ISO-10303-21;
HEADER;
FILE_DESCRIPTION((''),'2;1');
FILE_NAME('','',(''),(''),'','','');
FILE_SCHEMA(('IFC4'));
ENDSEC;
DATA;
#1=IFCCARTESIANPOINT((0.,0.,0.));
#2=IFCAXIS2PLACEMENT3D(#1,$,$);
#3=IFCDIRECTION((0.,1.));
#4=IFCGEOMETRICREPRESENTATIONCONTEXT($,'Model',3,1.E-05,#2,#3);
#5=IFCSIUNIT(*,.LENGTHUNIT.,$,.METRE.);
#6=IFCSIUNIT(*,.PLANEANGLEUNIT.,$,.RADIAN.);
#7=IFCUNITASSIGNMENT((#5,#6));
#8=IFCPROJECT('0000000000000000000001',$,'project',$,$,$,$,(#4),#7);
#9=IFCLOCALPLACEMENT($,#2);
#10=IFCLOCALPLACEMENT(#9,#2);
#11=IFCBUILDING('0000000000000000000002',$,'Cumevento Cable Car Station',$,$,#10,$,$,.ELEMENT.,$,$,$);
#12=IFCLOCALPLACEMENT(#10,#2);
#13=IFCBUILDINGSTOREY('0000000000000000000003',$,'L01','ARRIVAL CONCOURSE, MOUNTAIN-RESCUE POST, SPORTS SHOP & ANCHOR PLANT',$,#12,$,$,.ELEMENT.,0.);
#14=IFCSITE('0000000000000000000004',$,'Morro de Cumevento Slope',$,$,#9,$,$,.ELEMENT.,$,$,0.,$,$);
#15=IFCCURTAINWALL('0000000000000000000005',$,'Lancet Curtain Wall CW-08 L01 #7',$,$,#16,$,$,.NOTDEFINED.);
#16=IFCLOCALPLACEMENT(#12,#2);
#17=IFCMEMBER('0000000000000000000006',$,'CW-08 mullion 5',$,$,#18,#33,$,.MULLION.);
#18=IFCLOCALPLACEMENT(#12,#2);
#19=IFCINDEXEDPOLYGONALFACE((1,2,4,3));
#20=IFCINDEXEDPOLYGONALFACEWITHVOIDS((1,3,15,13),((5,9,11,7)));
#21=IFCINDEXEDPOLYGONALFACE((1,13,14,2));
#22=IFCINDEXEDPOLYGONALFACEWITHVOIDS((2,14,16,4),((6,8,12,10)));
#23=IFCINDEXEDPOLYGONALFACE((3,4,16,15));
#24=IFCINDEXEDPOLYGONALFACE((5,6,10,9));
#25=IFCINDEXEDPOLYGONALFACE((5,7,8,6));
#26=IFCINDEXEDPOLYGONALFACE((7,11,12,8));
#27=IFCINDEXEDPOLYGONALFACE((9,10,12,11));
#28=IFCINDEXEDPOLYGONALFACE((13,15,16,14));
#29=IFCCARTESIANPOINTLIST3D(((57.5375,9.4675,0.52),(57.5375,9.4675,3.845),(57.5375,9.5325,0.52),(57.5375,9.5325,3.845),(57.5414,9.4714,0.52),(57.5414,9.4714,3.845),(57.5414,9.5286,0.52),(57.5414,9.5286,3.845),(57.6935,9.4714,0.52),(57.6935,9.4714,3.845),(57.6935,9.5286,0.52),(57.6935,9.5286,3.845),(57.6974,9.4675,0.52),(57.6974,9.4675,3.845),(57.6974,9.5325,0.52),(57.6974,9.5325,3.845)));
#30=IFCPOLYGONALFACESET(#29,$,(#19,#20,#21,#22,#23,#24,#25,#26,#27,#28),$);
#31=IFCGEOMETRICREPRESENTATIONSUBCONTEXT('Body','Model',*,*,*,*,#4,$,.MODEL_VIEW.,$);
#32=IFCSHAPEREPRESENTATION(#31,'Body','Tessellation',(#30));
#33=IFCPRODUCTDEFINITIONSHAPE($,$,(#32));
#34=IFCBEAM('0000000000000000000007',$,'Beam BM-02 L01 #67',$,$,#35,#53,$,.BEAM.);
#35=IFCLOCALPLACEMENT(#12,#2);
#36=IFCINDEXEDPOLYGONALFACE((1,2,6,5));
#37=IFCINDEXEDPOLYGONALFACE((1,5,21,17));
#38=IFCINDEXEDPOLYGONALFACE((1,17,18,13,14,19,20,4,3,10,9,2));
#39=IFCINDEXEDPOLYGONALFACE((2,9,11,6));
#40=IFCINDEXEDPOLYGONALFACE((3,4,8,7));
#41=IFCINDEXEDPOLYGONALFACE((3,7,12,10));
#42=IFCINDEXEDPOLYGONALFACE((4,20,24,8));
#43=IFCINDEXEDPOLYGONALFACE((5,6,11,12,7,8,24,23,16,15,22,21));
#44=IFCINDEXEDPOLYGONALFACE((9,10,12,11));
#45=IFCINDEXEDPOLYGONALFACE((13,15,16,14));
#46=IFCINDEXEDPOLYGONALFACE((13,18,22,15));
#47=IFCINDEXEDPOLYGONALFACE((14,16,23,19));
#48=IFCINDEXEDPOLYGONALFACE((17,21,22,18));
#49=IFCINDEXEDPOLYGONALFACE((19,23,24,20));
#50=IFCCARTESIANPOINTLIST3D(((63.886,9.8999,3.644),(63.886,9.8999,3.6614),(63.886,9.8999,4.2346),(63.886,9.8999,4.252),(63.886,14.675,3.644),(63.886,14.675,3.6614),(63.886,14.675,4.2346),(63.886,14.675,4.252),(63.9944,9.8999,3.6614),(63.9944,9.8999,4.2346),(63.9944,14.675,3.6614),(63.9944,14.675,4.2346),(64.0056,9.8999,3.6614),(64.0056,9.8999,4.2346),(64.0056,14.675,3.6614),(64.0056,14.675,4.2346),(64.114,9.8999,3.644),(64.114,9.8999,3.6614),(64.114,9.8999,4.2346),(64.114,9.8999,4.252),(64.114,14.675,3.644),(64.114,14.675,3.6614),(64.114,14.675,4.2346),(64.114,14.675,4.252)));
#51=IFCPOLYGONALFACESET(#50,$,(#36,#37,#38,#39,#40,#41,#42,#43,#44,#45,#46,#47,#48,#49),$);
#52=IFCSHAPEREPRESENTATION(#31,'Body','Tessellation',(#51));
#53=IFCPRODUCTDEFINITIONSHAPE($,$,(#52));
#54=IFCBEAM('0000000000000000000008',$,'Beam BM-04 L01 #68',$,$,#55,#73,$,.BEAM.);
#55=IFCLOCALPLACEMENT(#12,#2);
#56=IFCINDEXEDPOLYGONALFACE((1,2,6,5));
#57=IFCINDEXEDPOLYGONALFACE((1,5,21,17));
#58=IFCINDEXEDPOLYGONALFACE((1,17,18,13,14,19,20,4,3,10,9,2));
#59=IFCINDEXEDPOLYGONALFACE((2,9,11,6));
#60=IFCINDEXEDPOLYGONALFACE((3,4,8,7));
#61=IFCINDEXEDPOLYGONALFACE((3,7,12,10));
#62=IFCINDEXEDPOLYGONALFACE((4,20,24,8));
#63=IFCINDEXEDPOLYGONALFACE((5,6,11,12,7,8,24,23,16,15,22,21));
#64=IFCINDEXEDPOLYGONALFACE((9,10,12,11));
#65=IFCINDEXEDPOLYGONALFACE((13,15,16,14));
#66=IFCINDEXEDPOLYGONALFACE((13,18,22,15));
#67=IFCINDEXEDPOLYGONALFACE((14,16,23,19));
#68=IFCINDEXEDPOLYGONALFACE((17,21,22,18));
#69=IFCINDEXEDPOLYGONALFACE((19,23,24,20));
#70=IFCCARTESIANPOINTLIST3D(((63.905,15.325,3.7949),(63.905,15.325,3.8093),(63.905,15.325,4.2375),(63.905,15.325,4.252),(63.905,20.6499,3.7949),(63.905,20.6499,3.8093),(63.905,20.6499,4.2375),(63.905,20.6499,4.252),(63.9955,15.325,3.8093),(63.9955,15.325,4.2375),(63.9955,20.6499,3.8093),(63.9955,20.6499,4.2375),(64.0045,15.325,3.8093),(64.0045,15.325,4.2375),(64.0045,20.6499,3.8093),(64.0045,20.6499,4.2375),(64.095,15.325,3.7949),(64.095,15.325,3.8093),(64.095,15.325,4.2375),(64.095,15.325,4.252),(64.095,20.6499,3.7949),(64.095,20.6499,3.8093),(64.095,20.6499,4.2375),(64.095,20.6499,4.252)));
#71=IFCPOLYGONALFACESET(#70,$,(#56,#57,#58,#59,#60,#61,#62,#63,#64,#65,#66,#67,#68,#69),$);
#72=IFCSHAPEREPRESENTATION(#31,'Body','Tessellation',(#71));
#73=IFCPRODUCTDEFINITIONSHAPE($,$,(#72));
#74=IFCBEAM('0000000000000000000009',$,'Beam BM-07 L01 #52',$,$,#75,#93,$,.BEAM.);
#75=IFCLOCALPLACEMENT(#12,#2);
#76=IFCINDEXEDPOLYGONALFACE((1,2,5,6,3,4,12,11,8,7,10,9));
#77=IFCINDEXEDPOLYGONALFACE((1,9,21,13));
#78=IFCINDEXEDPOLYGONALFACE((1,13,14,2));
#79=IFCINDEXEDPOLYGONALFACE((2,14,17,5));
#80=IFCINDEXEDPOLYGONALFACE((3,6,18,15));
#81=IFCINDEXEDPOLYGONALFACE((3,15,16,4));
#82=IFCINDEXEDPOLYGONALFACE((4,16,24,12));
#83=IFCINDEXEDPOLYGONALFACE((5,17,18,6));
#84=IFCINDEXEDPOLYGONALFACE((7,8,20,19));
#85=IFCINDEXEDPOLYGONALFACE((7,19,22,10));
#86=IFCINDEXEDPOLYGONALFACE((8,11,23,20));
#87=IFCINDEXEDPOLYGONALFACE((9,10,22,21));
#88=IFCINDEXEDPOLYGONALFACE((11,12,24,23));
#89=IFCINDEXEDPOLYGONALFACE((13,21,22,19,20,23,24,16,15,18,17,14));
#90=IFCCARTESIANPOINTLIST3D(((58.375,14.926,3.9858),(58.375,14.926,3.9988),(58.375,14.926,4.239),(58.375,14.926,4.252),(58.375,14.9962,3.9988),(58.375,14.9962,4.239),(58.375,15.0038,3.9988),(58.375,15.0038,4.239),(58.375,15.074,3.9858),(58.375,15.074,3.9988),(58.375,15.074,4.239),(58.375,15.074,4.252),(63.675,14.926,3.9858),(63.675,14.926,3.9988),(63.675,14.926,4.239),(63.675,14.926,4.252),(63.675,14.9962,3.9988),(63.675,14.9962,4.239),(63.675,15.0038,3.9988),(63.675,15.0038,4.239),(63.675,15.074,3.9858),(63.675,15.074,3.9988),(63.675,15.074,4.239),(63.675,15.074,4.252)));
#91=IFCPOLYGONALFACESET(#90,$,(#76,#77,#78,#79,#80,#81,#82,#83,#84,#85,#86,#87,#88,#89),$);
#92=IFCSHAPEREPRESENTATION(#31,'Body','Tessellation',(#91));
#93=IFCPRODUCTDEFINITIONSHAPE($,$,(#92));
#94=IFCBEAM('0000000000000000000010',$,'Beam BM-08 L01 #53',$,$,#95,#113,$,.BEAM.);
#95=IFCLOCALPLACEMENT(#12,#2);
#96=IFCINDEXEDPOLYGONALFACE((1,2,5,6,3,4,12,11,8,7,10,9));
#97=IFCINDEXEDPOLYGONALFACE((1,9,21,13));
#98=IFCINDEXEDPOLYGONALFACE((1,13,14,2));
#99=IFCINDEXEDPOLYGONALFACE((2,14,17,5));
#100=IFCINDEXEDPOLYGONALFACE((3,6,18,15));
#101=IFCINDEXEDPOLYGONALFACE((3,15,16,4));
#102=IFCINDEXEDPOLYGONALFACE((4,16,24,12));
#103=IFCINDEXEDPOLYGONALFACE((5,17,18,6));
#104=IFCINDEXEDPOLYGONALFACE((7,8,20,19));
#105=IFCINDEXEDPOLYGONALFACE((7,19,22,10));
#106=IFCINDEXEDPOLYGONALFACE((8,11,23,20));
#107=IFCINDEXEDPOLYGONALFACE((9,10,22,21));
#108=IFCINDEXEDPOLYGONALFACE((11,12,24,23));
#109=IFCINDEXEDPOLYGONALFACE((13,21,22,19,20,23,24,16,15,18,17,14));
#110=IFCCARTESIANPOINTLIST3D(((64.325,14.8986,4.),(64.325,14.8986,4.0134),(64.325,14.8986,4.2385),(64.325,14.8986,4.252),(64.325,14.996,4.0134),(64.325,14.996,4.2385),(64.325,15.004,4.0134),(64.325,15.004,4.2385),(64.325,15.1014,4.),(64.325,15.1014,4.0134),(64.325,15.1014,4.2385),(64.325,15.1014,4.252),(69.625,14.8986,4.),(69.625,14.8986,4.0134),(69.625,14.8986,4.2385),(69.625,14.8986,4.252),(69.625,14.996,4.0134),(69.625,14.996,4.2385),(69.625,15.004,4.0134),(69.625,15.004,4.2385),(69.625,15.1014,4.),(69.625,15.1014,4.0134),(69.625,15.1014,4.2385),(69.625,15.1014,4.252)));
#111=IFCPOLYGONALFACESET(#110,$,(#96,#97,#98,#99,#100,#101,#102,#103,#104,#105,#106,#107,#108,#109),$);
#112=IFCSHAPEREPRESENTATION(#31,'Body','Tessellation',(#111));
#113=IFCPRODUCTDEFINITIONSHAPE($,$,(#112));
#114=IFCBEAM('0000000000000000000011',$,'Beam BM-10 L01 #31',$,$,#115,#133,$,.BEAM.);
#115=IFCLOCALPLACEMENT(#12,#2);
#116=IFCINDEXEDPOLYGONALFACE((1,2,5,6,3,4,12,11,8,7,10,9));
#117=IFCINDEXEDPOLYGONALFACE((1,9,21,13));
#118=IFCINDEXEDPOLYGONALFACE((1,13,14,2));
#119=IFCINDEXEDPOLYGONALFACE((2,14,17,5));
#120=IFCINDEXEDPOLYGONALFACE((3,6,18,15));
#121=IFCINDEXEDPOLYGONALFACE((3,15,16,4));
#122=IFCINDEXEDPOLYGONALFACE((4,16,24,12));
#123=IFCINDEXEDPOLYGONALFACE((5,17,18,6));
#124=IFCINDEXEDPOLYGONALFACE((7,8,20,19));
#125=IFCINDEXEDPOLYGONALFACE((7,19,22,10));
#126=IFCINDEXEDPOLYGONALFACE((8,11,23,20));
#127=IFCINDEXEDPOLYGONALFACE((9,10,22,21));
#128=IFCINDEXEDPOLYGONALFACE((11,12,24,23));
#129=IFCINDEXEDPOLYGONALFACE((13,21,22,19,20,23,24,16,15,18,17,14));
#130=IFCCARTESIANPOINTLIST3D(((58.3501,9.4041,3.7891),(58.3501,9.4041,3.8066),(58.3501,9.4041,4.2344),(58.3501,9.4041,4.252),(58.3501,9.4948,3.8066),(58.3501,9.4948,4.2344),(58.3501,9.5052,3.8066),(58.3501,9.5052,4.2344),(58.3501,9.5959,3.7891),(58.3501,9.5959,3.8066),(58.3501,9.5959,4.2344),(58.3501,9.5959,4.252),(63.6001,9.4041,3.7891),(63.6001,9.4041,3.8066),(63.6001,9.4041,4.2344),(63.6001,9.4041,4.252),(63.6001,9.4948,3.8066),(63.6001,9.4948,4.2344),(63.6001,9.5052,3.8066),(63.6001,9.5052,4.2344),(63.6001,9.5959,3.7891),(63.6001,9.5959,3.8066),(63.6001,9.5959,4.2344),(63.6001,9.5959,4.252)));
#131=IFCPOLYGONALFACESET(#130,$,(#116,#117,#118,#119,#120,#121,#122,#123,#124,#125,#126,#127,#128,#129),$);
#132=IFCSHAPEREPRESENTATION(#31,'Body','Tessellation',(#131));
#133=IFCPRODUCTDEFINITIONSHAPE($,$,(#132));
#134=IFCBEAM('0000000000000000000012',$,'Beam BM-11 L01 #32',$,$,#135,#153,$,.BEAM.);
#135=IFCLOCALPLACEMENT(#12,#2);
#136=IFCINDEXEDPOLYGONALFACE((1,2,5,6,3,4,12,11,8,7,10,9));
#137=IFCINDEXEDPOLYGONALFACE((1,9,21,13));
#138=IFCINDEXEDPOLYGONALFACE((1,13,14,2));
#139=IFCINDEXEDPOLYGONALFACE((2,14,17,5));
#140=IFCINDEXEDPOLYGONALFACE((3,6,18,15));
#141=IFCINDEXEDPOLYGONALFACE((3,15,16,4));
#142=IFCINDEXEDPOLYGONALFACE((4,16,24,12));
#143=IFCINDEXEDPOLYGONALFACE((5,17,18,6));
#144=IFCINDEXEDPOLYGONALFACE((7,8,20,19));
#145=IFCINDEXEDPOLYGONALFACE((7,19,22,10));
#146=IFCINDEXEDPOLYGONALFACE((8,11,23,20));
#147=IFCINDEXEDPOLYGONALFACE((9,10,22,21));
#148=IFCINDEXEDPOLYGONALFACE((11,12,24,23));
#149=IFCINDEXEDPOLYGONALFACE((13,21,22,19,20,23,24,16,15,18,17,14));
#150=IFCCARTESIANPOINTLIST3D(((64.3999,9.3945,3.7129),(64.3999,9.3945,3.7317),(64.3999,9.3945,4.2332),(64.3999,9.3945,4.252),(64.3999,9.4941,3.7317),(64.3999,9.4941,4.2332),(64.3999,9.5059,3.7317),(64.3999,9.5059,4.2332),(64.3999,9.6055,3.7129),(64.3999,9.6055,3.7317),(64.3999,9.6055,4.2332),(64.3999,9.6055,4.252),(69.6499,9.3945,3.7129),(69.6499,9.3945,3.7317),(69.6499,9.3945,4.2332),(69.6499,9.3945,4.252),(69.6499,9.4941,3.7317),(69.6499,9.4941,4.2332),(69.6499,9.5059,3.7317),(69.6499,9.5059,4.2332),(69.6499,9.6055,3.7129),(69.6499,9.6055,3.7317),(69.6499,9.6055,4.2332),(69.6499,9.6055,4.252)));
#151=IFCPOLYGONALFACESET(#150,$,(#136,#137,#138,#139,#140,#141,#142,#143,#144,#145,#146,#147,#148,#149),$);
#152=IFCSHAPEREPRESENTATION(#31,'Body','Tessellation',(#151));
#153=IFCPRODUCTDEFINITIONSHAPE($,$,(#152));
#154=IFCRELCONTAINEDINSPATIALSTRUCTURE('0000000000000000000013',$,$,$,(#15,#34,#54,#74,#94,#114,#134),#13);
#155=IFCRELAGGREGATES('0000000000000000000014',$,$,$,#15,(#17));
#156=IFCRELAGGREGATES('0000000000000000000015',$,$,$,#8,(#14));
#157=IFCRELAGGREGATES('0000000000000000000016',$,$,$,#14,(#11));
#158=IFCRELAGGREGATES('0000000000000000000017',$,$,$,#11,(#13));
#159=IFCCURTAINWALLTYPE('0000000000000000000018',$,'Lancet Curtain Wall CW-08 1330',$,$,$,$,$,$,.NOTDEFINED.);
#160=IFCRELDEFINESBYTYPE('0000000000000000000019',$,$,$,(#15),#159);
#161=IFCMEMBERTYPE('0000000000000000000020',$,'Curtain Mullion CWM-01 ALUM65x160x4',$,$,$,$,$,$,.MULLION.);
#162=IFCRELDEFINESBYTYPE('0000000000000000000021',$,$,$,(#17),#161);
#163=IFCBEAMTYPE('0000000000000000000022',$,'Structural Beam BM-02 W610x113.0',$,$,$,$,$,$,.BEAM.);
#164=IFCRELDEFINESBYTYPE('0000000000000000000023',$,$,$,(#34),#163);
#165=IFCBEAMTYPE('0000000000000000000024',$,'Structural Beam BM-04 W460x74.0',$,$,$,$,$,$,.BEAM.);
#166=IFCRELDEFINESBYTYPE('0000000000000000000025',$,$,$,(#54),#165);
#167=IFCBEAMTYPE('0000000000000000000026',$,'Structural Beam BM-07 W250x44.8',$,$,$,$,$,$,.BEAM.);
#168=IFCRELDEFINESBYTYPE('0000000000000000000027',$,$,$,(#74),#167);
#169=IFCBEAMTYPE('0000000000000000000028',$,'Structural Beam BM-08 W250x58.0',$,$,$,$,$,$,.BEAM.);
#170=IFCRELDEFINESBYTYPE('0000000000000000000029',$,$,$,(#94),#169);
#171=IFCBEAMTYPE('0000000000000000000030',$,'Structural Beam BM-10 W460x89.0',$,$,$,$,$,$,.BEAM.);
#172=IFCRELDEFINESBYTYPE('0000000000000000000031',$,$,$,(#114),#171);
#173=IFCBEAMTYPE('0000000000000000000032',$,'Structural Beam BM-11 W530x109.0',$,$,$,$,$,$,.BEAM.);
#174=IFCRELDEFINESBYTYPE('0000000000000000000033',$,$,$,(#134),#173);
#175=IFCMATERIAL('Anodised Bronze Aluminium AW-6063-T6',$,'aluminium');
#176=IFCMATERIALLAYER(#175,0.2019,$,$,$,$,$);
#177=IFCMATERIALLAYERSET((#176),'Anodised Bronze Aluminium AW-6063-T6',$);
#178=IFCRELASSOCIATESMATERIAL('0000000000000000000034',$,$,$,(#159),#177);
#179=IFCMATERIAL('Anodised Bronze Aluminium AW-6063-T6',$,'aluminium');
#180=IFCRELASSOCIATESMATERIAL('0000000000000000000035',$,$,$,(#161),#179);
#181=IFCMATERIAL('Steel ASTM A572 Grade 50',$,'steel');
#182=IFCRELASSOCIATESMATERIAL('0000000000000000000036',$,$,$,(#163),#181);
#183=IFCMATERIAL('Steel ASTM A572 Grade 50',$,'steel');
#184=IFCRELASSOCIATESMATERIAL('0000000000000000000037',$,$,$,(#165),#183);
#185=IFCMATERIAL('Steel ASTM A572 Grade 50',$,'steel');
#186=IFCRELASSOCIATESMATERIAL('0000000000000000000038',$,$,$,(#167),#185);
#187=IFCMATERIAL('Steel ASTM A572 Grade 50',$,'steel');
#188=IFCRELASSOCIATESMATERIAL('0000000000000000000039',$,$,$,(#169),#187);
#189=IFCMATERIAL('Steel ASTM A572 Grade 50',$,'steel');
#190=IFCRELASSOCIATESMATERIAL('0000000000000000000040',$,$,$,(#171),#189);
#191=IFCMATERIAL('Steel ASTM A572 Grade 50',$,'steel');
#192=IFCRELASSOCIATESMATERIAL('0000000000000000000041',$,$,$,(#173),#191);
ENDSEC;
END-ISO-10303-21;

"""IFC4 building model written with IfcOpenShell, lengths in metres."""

from ifc_helpers import new_model, si_unit, direction, frame, origin, origin_2d, place, context, subcontext, project, spatial, hollow_rectangle, i_section, extrude, material, layer, layer_set, material_profile, profile_set, type_object, element, aggregate, save


model = new_model("IFC4")

# Units and contexts
model_context = context("Model", 3, precision=1e-05, world=origin(), true_north=direction((0.0, 1.0)))
body_context = subcontext(model_context, "Body", "Model", "MODEL_VIEW")
ifc_project = project(units=[si_unit("LENGTHUNIT", "METRE"), si_unit("PLANEANGLEUNIT", "RADIAN")], contexts=[model_context])

# Site, building, storey
site_placement = place(None, origin())
site = spatial("IfcSite", under=ifc_project, at=site_placement, Name="Morro de Cumevento Slope", CompositionType="ELEMENT", RefElevation=0.0)
building_placement = place(site_placement, origin())
building = spatial("IfcBuilding", under=site, at=building_placement, Name="Cumevento Cable Car Station", CompositionType="ELEMENT")
storey_placement = place(building_placement, origin())
storey = spatial("IfcBuildingStorey", under=building, at=storey_placement, Name="L01", Description="ARRIVAL CONCOURSE, MOUNTAIN-RESCUE POST, SPORTS SHOP & ANCHOR PLANT", CompositionType="ELEMENT", Elevation=0.0)

# Curtain wall, member
ifc_material_1 = material(Name="Anodised Bronze Aluminium AW-6063-T6", Category="aluminium")
ifc_layer_1 = layer(ifc_material_1, 0.2019)
ifc_layer_set_1 = layer_set([ifc_layer_1], Name="Anodised Bronze Aluminium AW-6063-T6")
curtain_wall_type = type_object("IfcCurtainWallType", Name="Lancet Curtain Wall CW-08 1330", PredefinedType="NOTDEFINED", material=ifc_layer_set_1)
curtain_wall_placement = place(storey_placement, origin())
curtain_wall = element("IfcCurtainWall", 1, at=curtain_wall_placement, inside=storey, type_object=curtain_wall_type, Name="Lancet Curtain Wall CW-08 L01 #7", PredefinedType="NOTDEFINED")
ifc_material_2 = material(Name="Anodised Bronze Aluminium AW-6063-T6", Category="aluminium")
ifc_material_profile_1 = material_profile(ifc_material_2, hollow_rectangle(XDim=0.0649, YDim=0.1599, WallThickness=0.0039, at=origin_2d()), Name="ALUM65x160x4")
ifc_profile_set_1 = profile_set([ifc_material_profile_1], Name="Anodised Bronze Aluminium AW-6063-T6")
member_type = type_object("IfcMemberType", Name="Curtain Mullion CWM-01 ALUM65x160x4", PredefinedType="MULLION", material=ifc_profile_set_1)
member_placement = place(storey_placement, frame((57.6174, 9.5, 0.52), z_axis=(0.0, 0.0, 1.0), x_axis=(0.0, 1.0, 0.0)))
member = element("IfcMember", 2, at=member_placement, type_object=member_type, Name="CW-08 mullion 5", PredefinedType="MULLION", context=body_context, shape_type="SweptSolid", body=[
    extrude(hollow_rectangle(XDim=0.0649, YDim=0.1599, WallThickness=0.0039, at=origin_2d()), origin(), (0.0, 0.0, 1.0), 3.325),
])
aggregate(curtain_wall, [member])

# Beams
ifc_material_3 = material(Name="Steel ASTM A572 Grade 50", Category="steel")
ifc_material_profile_2 = material_profile(ifc_material_3, i_section(OverallWidth=0.228, OverallDepth=0.6079, WebThickness=0.0112, FlangeThickness=0.0173, at=origin_2d()), Name="W610x113.0")
ifc_profile_set_2 = profile_set([ifc_material_profile_2], Name="Steel ASTM A572 Grade 50")
beam_type_1 = type_object("IfcBeamType", Name="Structural Beam BM-02 W610x113.0", PredefinedType="BEAM", material=ifc_profile_set_2)
beam_1_placement = place(storey_placement, frame((64.0, 9.8999, 3.948), z_axis=(0.0, 1.0, 0.0), x_axis=(-1.0, 0.0, 0.0)))
element("IfcBeam", 3, at=beam_1_placement, inside=storey, type_object=beam_type_1, Name="Beam BM-02 L01 #67", PredefinedType="BEAM", context=body_context, shape_type="SweptSolid", body=[
    extrude(i_section(OverallWidth=0.228, OverallDepth=0.6079, WebThickness=0.0112, FlangeThickness=0.0173, at=origin_2d()), origin(), (0.0, 0.0, 1.0), 4.7751),
])
ifc_material_4 = material(Name="Steel ASTM A572 Grade 50", Category="steel")
ifc_material_profile_3 = material_profile(ifc_material_4, i_section(OverallWidth=0.1899, OverallDepth=0.457, WebThickness=0.009, FlangeThickness=0.0144, at=origin_2d()), Name="W460x74.0")
ifc_profile_set_3 = profile_set([ifc_material_profile_3], Name="Steel ASTM A572 Grade 50")
beam_type_2 = type_object("IfcBeamType", Name="Structural Beam BM-04 W460x74.0", PredefinedType="BEAM", material=ifc_profile_set_3)
beam_2_placement = place(storey_placement, frame((64.0, 15.325, 4.0234), z_axis=(0.0, 1.0, 0.0), x_axis=(-1.0, 0.0, 0.0)))
element("IfcBeam", 4, at=beam_2_placement, inside=storey, type_object=beam_type_2, Name="Beam BM-04 L01 #68", PredefinedType="BEAM", context=body_context, shape_type="SweptSolid", body=[
    extrude(i_section(OverallWidth=0.1899, OverallDepth=0.457, WebThickness=0.009, FlangeThickness=0.0144, at=origin_2d()), origin(), (0.0, 0.0, 1.0), 5.325),
])
ifc_material_5 = material(Name="Steel ASTM A572 Grade 50", Category="steel")
ifc_material_profile_4 = material_profile(ifc_material_5, i_section(OverallWidth=0.1479, OverallDepth=0.2661, WebThickness=0.0076, FlangeThickness=0.0129, at=origin_2d()), Name="W250x44.8")
ifc_profile_set_4 = profile_set([ifc_material_profile_4], Name="Steel ASTM A572 Grade 50")
beam_type_3 = type_object("IfcBeamType", Name="Structural Beam BM-07 W250x44.8", PredefinedType="BEAM", material=ifc_profile_set_4)
beam_3_placement = place(storey_placement, frame((58.375, 15.0, 4.1189), z_axis=(1.0, 0.0, 0.0), x_axis=(0.0, 1.0, 0.0)))
element("IfcBeam", 5, at=beam_3_placement, inside=storey, type_object=beam_type_3, Name="Beam BM-07 L01 #52", PredefinedType="BEAM", context=body_context, shape_type="SweptSolid", body=[
    extrude(i_section(OverallWidth=0.1479, OverallDepth=0.2661, WebThickness=0.0076, FlangeThickness=0.0129, at=origin_2d()), origin(), (0.0, 0.0, 1.0), 5.3),
])
ifc_material_6 = material(Name="Steel ASTM A572 Grade 50", Category="steel")
ifc_material_profile_5 = material_profile(ifc_material_6, i_section(OverallWidth=0.2029, OverallDepth=0.252, WebThickness=0.0081, FlangeThickness=0.0134, at=origin_2d()), Name="W250x58.0")
ifc_profile_set_5 = profile_set([ifc_material_profile_5], Name="Steel ASTM A572 Grade 50")
beam_type_4 = type_object("IfcBeamType", Name="Structural Beam BM-08 W250x58.0", PredefinedType="BEAM", material=ifc_profile_set_5)
beam_4_placement = place(storey_placement, frame((64.325, 15.0, 4.126), z_axis=(1.0, 0.0, 0.0), x_axis=(0.0, 1.0, 0.0)))
element("IfcBeam", 6, at=beam_4_placement, inside=storey, type_object=beam_type_4, Name="Beam BM-08 L01 #53", PredefinedType="BEAM", context=body_context, shape_type="SweptSolid", body=[
    extrude(i_section(OverallWidth=0.2029, OverallDepth=0.252, WebThickness=0.0081, FlangeThickness=0.0134, at=origin_2d()), origin(), (0.0, 0.0, 1.0), 5.3),
])
ifc_material_7 = material(Name="Steel ASTM A572 Grade 50", Category="steel")
ifc_material_profile_6 = material_profile(ifc_material_7, i_section(OverallWidth=0.1919, OverallDepth=0.4629, WebThickness=0.0105, FlangeThickness=0.0176, at=origin_2d()), Name="W460x89.0")
ifc_profile_set_6 = profile_set([ifc_material_profile_6], Name="Steel ASTM A572 Grade 50")
beam_type_5 = type_object("IfcBeamType", Name="Structural Beam BM-10 W460x89.0", PredefinedType="BEAM", material=ifc_profile_set_6)
beam_5_placement = place(storey_placement, frame((58.3501, 9.5, 4.0205), z_axis=(1.0, 0.0, 0.0), x_axis=(0.0, 1.0, 0.0)))
element("IfcBeam", 7, at=beam_5_placement, inside=storey, type_object=beam_type_5, Name="Beam BM-10 L01 #31", PredefinedType="BEAM", context=body_context, shape_type="SweptSolid", body=[
    extrude(i_section(OverallWidth=0.1919, OverallDepth=0.4629, WebThickness=0.0105, FlangeThickness=0.0176, at=origin_2d()), origin(), (0.0, 0.0, 1.0), 5.25),
])
ifc_material_8 = material(Name="Steel ASTM A572 Grade 50", Category="steel")
ifc_material_profile_7 = material_profile(ifc_material_8, i_section(OverallWidth=0.2109, OverallDepth=0.5391, WebThickness=0.0117, FlangeThickness=0.0188, at=origin_2d()), Name="W530x109.0")
ifc_profile_set_7 = profile_set([ifc_material_profile_7], Name="Steel ASTM A572 Grade 50")
beam_type_6 = type_object("IfcBeamType", Name="Structural Beam BM-11 W530x109.0", PredefinedType="BEAM", material=ifc_profile_set_7)
beam_6_placement = place(storey_placement, frame((64.3999, 9.5, 3.9824), z_axis=(1.0, 0.0, 0.0), x_axis=(0.0, 1.0, 0.0)))
element("IfcBeam", 8, at=beam_6_placement, inside=storey, type_object=beam_type_6, Name="Beam BM-11 L01 #32", PredefinedType="BEAM", context=body_context, shape_type="SweptSolid", body=[
    extrude(i_section(OverallWidth=0.2109, OverallDepth=0.5391, WebThickness=0.0117, FlangeThickness=0.0188, at=origin_2d()), origin(), (0.0, 0.0, 1.0), 5.25),
])

save(model, "model.ifc")
